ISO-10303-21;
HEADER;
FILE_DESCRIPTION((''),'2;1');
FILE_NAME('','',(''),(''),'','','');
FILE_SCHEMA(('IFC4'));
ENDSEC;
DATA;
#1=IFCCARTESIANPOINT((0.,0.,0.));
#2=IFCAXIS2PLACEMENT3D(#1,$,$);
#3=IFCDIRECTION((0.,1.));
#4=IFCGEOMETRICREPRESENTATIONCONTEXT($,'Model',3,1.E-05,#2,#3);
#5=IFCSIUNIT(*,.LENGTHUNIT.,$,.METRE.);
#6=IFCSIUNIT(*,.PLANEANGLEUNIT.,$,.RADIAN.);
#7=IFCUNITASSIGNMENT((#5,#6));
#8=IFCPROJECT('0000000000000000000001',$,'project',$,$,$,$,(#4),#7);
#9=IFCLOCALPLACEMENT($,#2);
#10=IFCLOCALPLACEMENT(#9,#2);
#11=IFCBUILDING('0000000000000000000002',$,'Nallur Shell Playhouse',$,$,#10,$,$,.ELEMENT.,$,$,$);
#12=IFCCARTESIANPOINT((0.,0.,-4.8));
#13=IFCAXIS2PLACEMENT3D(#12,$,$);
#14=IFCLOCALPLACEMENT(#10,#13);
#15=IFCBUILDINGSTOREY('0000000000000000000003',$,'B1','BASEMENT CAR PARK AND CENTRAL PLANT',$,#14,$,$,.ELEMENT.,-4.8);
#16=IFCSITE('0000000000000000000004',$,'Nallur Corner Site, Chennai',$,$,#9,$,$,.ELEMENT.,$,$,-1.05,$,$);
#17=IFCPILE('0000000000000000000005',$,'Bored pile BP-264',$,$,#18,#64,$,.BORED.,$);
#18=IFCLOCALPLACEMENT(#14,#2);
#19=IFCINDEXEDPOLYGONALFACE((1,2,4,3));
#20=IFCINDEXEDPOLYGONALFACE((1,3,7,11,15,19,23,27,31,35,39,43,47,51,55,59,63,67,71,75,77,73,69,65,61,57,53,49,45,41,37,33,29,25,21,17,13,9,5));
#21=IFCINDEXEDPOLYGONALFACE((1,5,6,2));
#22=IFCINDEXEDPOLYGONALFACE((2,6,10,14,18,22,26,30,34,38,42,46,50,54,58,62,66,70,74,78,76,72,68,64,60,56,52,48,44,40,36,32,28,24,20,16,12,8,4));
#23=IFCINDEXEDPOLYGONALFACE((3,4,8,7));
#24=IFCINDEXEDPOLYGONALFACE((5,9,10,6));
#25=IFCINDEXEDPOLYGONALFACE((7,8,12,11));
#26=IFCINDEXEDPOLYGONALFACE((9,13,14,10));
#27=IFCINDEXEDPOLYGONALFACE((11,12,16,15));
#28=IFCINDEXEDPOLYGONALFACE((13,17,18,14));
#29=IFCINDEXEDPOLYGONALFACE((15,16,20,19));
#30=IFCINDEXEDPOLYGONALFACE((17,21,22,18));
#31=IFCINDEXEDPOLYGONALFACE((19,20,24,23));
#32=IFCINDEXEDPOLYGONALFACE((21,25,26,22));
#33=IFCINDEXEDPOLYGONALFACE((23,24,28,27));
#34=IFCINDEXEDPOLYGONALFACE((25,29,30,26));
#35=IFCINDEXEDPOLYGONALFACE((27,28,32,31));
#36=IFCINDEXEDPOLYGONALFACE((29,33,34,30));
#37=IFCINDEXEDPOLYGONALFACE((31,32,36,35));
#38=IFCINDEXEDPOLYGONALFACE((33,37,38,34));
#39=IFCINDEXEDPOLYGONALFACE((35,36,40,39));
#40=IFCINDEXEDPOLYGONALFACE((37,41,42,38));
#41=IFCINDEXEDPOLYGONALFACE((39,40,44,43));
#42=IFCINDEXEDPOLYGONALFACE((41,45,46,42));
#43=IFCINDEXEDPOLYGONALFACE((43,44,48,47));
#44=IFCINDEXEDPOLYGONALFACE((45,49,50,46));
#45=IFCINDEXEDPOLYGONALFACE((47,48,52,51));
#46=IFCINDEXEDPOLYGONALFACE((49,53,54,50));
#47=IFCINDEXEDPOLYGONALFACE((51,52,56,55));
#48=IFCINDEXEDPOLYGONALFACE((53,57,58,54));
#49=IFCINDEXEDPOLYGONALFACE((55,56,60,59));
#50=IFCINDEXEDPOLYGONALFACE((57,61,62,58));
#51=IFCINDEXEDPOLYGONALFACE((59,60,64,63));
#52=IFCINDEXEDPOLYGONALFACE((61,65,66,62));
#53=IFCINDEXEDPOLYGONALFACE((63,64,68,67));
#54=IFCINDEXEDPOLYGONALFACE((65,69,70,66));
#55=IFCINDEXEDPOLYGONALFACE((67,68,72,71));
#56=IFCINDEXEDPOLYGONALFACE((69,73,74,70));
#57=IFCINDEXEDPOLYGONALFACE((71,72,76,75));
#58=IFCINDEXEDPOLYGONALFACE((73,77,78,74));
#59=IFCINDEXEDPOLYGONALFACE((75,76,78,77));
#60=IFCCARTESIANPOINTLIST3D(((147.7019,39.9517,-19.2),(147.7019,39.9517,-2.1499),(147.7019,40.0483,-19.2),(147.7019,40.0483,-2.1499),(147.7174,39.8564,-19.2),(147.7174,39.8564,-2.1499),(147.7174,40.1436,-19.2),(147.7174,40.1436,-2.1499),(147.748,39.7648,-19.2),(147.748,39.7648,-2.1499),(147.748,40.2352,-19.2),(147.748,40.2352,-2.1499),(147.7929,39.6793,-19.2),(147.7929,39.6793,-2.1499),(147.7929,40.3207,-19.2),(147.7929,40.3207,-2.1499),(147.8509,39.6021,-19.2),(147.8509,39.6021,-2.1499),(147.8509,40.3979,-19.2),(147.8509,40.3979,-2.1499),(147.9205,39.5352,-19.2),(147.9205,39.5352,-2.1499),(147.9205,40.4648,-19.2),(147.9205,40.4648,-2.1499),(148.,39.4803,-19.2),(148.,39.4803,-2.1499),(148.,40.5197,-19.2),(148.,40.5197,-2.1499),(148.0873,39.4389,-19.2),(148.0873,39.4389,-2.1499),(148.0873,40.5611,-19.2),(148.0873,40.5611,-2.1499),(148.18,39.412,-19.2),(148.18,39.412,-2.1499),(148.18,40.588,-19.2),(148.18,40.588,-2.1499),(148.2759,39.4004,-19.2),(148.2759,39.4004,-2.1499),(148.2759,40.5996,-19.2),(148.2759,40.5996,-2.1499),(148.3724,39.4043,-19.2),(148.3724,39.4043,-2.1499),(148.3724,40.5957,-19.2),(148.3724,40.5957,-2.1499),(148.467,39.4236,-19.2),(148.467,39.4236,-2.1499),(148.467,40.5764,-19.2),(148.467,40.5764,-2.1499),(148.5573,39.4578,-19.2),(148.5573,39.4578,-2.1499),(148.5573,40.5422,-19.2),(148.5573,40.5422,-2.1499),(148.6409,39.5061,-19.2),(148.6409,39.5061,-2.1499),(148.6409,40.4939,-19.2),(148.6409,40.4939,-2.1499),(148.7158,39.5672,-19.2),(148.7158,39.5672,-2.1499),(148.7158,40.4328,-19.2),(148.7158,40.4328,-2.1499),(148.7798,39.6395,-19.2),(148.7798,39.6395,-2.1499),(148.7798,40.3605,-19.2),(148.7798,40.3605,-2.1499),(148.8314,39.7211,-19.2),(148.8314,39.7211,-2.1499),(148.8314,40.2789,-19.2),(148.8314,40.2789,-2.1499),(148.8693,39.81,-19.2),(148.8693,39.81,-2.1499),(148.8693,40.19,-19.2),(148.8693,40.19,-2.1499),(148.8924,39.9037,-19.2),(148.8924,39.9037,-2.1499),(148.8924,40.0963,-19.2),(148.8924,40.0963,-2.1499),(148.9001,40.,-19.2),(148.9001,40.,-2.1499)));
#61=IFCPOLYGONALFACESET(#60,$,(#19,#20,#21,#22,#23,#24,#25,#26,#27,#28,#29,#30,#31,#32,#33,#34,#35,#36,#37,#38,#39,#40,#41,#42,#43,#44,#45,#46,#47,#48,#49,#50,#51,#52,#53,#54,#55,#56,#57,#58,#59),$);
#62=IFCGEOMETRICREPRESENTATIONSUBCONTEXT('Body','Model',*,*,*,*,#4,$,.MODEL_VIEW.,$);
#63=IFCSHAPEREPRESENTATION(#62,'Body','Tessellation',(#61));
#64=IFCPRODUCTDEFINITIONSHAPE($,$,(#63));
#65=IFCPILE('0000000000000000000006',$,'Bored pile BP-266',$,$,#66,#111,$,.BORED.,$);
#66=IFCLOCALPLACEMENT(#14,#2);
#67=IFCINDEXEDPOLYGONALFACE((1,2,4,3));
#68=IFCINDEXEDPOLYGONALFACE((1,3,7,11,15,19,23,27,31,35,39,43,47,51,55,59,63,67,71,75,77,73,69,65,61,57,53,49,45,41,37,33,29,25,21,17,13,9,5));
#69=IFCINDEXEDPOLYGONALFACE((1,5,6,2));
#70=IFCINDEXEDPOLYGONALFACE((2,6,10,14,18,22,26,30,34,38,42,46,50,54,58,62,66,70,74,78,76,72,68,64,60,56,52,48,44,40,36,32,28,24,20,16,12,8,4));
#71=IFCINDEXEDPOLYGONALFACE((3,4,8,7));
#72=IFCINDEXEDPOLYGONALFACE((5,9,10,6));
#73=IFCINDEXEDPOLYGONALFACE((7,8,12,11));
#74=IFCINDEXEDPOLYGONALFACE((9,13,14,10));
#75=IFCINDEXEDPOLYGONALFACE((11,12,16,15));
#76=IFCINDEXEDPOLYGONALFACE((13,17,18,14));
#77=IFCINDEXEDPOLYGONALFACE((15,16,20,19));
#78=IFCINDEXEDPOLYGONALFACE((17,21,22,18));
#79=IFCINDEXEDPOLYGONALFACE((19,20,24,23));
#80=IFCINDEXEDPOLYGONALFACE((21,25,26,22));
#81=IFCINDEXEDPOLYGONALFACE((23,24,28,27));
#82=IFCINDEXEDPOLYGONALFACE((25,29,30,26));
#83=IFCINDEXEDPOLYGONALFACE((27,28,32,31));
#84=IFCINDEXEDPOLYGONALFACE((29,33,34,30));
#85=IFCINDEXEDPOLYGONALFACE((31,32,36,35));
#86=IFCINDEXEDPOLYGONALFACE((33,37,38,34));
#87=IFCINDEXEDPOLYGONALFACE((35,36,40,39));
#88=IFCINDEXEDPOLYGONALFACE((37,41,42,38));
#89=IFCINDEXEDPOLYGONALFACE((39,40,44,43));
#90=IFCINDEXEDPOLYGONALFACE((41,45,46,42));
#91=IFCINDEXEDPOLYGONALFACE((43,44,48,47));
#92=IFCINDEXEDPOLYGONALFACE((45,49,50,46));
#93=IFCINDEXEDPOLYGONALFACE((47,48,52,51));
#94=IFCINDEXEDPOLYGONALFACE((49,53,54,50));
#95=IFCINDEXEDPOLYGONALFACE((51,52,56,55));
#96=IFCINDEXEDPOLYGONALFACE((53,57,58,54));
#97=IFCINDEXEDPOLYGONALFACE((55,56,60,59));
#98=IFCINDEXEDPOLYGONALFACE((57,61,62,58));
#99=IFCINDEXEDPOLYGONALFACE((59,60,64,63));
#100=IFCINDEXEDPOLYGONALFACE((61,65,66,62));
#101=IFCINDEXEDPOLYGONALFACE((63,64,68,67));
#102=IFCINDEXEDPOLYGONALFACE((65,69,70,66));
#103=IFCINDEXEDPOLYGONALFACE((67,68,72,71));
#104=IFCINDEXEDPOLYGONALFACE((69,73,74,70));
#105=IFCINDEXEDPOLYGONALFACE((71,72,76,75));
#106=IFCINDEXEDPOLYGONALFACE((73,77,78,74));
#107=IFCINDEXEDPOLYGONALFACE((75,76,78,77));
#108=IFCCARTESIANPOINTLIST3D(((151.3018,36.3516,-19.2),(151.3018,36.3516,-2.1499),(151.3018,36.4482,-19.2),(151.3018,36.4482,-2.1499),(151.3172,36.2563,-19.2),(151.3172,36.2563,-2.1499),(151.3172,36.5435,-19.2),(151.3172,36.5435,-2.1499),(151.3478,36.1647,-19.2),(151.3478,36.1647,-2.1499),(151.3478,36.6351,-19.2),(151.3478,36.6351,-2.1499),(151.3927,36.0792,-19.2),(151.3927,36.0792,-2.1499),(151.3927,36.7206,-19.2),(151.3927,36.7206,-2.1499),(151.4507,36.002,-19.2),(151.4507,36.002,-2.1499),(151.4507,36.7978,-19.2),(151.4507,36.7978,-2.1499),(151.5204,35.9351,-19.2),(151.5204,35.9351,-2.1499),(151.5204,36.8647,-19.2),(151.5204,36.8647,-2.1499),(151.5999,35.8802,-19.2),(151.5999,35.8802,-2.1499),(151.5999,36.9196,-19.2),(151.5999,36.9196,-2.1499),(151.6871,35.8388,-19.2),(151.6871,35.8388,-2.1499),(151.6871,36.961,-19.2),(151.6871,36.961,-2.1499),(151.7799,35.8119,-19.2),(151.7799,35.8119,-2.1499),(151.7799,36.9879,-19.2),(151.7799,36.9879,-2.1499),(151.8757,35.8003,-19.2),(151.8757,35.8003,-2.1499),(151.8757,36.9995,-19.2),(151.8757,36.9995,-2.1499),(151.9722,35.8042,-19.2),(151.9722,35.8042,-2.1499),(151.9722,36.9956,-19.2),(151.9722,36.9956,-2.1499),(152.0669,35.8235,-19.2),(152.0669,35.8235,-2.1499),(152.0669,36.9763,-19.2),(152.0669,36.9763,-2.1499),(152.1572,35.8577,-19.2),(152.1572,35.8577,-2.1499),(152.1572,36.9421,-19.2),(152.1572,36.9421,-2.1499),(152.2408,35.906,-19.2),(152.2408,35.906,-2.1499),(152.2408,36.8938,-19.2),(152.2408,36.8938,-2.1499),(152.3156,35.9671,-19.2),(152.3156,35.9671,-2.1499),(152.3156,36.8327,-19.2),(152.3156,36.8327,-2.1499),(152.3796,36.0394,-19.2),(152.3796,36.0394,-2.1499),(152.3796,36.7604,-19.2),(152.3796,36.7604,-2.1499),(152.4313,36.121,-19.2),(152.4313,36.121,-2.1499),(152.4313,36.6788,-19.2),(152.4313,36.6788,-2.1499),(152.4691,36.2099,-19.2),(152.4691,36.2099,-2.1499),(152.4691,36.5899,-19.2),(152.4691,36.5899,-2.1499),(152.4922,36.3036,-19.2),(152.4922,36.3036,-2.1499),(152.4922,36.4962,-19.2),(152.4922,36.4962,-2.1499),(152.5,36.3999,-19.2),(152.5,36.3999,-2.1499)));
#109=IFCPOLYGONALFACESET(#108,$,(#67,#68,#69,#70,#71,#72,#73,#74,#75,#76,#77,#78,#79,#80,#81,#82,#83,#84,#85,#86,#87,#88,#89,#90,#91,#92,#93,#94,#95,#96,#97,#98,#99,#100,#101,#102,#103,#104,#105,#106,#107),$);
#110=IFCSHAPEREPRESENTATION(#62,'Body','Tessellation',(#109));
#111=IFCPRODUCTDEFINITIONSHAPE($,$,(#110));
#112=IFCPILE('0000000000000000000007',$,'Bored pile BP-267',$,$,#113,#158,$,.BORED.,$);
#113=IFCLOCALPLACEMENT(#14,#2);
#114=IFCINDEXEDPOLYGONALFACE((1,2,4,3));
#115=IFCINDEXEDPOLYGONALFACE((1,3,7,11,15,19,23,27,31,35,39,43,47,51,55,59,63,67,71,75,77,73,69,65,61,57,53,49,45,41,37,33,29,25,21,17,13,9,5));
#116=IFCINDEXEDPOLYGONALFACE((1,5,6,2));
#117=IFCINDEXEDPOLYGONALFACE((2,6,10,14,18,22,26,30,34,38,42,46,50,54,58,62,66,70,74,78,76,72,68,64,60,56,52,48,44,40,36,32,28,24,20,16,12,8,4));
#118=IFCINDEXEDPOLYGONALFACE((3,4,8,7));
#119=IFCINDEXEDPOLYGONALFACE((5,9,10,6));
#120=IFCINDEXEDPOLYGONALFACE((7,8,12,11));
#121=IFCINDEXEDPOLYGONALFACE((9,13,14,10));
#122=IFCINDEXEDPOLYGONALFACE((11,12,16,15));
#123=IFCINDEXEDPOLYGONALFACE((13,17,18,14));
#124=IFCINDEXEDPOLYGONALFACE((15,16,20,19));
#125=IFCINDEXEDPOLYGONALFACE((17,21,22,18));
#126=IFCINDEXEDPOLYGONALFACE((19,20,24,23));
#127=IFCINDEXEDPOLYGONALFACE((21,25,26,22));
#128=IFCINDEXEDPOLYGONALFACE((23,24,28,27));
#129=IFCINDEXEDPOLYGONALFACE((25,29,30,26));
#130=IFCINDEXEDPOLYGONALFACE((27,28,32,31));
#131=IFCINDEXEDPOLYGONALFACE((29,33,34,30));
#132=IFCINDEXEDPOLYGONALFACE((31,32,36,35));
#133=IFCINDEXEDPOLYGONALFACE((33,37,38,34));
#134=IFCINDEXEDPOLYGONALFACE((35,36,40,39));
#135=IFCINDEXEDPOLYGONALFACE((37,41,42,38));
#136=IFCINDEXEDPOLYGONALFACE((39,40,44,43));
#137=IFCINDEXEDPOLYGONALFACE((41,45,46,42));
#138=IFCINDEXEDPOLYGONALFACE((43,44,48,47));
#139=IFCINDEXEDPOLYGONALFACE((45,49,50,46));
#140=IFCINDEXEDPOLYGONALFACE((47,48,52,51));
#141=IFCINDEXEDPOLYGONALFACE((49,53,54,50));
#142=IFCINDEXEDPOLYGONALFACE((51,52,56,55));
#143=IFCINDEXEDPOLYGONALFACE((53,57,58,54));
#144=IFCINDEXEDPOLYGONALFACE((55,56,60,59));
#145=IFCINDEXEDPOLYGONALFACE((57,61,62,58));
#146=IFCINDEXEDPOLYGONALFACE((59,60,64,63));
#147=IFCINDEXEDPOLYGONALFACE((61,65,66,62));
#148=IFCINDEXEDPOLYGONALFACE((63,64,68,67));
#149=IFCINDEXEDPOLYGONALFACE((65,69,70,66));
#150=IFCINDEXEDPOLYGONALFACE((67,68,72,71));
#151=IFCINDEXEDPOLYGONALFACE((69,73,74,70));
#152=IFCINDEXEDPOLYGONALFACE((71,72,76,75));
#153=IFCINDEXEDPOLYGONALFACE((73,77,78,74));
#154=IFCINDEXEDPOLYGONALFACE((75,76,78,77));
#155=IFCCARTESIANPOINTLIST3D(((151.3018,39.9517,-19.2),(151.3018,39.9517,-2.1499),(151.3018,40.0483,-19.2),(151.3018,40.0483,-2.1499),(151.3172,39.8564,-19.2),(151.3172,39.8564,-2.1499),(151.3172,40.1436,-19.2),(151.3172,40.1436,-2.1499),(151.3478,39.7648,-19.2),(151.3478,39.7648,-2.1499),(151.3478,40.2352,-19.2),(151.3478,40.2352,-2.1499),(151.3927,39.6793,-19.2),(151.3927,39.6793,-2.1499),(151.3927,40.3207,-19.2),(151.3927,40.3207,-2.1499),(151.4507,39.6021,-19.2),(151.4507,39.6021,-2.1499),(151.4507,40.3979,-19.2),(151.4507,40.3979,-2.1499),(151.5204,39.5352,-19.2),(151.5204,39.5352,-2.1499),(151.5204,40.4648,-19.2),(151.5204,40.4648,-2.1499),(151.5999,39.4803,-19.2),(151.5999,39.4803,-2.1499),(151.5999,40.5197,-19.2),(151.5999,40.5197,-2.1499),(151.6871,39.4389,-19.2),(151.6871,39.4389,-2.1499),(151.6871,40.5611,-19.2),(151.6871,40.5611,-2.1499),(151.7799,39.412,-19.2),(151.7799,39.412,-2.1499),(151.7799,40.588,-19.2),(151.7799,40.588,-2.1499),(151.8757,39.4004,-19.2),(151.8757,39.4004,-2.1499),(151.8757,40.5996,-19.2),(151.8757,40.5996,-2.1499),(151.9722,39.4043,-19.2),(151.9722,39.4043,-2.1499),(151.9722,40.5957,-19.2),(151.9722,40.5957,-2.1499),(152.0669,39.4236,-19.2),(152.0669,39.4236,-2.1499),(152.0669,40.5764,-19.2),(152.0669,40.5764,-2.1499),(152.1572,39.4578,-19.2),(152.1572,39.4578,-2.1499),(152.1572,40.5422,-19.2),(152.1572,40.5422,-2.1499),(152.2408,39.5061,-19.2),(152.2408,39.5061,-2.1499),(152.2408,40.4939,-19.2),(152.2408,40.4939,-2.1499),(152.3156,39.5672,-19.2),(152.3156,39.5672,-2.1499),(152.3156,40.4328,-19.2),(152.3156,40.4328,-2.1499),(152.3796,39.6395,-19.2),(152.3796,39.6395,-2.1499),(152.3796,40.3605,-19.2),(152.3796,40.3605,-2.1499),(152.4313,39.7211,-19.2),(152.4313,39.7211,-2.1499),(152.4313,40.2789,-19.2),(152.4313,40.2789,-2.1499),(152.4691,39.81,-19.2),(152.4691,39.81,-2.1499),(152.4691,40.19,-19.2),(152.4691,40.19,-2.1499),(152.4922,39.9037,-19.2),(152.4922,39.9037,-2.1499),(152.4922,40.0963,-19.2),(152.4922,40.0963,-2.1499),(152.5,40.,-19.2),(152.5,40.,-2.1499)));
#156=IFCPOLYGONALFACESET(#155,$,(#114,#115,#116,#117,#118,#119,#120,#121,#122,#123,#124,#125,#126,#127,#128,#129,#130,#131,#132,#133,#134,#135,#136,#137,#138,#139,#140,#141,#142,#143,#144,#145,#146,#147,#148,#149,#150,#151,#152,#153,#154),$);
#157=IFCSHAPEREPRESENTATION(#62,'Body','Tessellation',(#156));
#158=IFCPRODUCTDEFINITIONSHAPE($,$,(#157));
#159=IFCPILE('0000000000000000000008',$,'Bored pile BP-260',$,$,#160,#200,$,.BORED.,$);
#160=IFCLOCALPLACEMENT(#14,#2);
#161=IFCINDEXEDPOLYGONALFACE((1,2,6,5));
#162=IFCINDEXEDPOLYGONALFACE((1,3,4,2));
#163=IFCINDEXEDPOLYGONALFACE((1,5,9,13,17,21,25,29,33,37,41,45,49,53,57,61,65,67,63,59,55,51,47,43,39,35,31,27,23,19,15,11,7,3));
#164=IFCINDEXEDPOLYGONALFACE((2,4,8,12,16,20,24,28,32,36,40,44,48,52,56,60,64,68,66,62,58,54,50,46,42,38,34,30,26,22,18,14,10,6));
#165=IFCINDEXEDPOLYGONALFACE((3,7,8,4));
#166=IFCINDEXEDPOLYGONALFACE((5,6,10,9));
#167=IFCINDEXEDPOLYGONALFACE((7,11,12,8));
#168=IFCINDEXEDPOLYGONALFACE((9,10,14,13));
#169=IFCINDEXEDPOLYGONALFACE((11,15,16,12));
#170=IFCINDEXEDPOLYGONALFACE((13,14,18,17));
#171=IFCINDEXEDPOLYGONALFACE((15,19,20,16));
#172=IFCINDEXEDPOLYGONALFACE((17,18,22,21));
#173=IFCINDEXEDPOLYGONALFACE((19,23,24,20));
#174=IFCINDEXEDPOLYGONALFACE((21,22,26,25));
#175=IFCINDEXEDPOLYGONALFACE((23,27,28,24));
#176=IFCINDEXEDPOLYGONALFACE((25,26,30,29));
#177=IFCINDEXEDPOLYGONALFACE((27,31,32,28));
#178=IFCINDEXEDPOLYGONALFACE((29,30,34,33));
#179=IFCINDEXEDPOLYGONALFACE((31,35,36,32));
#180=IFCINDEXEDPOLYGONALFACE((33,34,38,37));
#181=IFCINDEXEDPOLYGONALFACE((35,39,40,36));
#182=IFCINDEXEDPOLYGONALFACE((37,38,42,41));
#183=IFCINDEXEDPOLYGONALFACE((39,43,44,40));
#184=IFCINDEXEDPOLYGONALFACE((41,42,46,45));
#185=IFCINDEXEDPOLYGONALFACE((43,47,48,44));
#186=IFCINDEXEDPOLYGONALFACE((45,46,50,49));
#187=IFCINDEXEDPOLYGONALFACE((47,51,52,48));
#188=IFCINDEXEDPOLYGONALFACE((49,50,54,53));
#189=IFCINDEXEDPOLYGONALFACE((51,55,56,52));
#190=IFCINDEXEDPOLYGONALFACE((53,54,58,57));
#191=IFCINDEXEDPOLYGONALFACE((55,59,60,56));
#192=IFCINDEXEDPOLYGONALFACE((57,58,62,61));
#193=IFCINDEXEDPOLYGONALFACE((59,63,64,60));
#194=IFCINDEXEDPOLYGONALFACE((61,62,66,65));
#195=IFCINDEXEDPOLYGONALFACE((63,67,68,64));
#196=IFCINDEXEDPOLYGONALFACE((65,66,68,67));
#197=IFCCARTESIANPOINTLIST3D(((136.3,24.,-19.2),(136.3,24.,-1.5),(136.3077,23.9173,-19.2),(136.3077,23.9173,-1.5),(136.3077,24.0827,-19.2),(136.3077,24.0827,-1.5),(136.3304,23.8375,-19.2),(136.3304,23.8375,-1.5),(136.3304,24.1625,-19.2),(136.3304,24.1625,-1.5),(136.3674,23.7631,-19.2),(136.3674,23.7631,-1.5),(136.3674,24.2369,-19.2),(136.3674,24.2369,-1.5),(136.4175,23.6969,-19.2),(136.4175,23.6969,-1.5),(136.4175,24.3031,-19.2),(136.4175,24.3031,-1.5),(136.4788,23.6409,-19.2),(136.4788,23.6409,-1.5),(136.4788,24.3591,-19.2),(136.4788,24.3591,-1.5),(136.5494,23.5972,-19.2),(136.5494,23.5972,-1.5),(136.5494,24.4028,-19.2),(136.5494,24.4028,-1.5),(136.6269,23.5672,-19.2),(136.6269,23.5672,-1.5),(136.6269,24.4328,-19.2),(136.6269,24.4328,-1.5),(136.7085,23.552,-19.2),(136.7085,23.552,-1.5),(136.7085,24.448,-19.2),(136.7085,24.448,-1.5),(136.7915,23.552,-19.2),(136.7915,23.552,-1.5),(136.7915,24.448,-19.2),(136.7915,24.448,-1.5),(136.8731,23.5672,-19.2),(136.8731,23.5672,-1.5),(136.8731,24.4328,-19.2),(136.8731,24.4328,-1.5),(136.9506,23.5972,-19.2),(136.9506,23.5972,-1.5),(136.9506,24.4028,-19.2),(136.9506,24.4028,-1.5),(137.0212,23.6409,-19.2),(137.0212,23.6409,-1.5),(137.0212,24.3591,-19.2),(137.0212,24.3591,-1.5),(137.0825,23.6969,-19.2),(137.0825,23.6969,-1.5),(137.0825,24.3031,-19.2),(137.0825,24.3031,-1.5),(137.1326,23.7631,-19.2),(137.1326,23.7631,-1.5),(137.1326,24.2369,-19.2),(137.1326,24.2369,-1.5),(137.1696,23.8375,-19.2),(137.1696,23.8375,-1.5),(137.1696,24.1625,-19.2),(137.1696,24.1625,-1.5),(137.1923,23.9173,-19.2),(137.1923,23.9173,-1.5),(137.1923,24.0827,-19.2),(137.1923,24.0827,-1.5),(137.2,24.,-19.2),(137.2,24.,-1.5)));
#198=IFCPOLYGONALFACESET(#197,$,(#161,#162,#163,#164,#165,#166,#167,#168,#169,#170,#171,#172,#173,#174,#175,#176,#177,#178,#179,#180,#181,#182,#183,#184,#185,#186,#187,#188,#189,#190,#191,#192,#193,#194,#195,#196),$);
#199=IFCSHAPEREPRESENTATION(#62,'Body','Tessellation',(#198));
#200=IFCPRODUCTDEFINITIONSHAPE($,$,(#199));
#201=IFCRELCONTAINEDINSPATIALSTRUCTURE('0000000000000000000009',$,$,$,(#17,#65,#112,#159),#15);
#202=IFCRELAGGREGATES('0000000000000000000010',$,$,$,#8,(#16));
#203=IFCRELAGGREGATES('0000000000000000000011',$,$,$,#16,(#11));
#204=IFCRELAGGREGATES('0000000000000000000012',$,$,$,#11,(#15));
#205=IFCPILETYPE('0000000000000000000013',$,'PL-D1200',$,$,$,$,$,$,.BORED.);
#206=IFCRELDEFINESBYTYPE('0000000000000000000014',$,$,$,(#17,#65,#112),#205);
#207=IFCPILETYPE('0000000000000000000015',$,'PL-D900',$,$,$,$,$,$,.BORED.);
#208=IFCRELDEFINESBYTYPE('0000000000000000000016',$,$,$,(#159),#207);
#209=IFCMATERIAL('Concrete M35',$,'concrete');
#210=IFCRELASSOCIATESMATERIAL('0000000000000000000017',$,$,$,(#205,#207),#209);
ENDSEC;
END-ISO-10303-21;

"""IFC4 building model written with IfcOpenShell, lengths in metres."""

from ifc_helpers import new_model, si_unit, direction, frame, origin, origin_2d, place, context, subcontext, project, spatial, circle, extrude, material, material_profile, profile_set, type_object, element, save


model = new_model("IFC4")

# Units and contexts
model_context = context("Model", 3, precision=1e-05, world=origin(), true_north=direction((0.0, 1.0)))
body_context = subcontext(model_context, "Body", "Model", "MODEL_VIEW")
ifc_project = project(units=[si_unit("LENGTHUNIT", "METRE"), si_unit("PLANEANGLEUNIT", "RADIAN")], contexts=[model_context])

# Site, building, storey
site_placement = place(None, origin())
site = spatial("IfcSite", under=ifc_project, at=site_placement, Name="Nallur Corner Site, Chennai", CompositionType="ELEMENT", RefElevation=-1.05)
building_placement = place(site_placement, origin())
building = spatial("IfcBuilding", under=site, at=building_placement, Name="Nallur Shell Playhouse", CompositionType="ELEMENT")
storey_placement = place(building_placement, frame((0.0, 0.0, -4.8)))
storey = spatial("IfcBuildingStorey", under=building, at=storey_placement, Name="B1", Description="BASEMENT CAR PARK AND CENTRAL PLANT", CompositionType="ELEMENT", Elevation=-4.8)

# Shared definitions
ifc_material_1 = material(Name="Concrete M35", Category="concrete")

# Piles
ifc_material_profile_1 = material_profile(ifc_material_1, circle(Radius=0.6001, at=origin_2d()), Name="BORED PILE D1200")
ifc_profile_set_1 = profile_set([ifc_material_profile_1], Name="Concrete M35")
pile_type_1 = type_object("IfcPileType", Name="PL-D1200", PredefinedType="BORED", material=ifc_profile_set_1)
for number, where, z_axis, x_axis, name in (
    (1, (148.3, 40.0, -2.1499), (0.0, 0.0, -1.0), (1.0, 0.0, 0.0), "Bored pile BP-264"),
    (2, (151.8999, 36.3999, -2.1499), (0.0, 0.0, -1.0), (1.0, 0.0, 0.0), "Bored pile BP-266"),
    (3, (151.8999, 40.0, -2.1499), (0.0, 0.0, -1.0), (1.0, 0.0, 0.0), "Bored pile BP-267"),
):
    element("IfcPile", number, at=place(storey_placement, frame(where, z_axis=z_axis, x_axis=x_axis)), inside=storey, type_object=pile_type_1, Name=name, PredefinedType="BORED", context=body_context, shape_type="SweptSolid", body=[
        extrude(circle(Radius=0.6001, at=origin_2d()), origin(), (0.0, 0.0, 1.0), 17.05),
    ])
ifc_material_profile_2 = material_profile(ifc_material_1, circle(Radius=0.45, at=origin_2d()), Name="BORED PILE D900")
ifc_profile_set_2 = profile_set([ifc_material_profile_2], Name="Concrete M35")
pile_type_2 = type_object("IfcPileType", Name="PL-D900", PredefinedType="BORED", material=ifc_profile_set_2)
pile_1_placement = place(storey_placement, frame((136.75, 24.0, -1.5), z_axis=(0.0, 0.0, -1.0), x_axis=(1.0, 0.0, 0.0)))
element("IfcPile", 4, at=pile_1_placement, inside=storey, type_object=pile_type_2, Name="Bored pile BP-260", PredefinedType="BORED", context=body_context, shape_type="SweptSolid", body=[
    extrude(circle(Radius=0.45, at=origin_2d()), origin(), (0.0, 0.0, 1.0), 17.7),
])

save(model, "model.ifc")
